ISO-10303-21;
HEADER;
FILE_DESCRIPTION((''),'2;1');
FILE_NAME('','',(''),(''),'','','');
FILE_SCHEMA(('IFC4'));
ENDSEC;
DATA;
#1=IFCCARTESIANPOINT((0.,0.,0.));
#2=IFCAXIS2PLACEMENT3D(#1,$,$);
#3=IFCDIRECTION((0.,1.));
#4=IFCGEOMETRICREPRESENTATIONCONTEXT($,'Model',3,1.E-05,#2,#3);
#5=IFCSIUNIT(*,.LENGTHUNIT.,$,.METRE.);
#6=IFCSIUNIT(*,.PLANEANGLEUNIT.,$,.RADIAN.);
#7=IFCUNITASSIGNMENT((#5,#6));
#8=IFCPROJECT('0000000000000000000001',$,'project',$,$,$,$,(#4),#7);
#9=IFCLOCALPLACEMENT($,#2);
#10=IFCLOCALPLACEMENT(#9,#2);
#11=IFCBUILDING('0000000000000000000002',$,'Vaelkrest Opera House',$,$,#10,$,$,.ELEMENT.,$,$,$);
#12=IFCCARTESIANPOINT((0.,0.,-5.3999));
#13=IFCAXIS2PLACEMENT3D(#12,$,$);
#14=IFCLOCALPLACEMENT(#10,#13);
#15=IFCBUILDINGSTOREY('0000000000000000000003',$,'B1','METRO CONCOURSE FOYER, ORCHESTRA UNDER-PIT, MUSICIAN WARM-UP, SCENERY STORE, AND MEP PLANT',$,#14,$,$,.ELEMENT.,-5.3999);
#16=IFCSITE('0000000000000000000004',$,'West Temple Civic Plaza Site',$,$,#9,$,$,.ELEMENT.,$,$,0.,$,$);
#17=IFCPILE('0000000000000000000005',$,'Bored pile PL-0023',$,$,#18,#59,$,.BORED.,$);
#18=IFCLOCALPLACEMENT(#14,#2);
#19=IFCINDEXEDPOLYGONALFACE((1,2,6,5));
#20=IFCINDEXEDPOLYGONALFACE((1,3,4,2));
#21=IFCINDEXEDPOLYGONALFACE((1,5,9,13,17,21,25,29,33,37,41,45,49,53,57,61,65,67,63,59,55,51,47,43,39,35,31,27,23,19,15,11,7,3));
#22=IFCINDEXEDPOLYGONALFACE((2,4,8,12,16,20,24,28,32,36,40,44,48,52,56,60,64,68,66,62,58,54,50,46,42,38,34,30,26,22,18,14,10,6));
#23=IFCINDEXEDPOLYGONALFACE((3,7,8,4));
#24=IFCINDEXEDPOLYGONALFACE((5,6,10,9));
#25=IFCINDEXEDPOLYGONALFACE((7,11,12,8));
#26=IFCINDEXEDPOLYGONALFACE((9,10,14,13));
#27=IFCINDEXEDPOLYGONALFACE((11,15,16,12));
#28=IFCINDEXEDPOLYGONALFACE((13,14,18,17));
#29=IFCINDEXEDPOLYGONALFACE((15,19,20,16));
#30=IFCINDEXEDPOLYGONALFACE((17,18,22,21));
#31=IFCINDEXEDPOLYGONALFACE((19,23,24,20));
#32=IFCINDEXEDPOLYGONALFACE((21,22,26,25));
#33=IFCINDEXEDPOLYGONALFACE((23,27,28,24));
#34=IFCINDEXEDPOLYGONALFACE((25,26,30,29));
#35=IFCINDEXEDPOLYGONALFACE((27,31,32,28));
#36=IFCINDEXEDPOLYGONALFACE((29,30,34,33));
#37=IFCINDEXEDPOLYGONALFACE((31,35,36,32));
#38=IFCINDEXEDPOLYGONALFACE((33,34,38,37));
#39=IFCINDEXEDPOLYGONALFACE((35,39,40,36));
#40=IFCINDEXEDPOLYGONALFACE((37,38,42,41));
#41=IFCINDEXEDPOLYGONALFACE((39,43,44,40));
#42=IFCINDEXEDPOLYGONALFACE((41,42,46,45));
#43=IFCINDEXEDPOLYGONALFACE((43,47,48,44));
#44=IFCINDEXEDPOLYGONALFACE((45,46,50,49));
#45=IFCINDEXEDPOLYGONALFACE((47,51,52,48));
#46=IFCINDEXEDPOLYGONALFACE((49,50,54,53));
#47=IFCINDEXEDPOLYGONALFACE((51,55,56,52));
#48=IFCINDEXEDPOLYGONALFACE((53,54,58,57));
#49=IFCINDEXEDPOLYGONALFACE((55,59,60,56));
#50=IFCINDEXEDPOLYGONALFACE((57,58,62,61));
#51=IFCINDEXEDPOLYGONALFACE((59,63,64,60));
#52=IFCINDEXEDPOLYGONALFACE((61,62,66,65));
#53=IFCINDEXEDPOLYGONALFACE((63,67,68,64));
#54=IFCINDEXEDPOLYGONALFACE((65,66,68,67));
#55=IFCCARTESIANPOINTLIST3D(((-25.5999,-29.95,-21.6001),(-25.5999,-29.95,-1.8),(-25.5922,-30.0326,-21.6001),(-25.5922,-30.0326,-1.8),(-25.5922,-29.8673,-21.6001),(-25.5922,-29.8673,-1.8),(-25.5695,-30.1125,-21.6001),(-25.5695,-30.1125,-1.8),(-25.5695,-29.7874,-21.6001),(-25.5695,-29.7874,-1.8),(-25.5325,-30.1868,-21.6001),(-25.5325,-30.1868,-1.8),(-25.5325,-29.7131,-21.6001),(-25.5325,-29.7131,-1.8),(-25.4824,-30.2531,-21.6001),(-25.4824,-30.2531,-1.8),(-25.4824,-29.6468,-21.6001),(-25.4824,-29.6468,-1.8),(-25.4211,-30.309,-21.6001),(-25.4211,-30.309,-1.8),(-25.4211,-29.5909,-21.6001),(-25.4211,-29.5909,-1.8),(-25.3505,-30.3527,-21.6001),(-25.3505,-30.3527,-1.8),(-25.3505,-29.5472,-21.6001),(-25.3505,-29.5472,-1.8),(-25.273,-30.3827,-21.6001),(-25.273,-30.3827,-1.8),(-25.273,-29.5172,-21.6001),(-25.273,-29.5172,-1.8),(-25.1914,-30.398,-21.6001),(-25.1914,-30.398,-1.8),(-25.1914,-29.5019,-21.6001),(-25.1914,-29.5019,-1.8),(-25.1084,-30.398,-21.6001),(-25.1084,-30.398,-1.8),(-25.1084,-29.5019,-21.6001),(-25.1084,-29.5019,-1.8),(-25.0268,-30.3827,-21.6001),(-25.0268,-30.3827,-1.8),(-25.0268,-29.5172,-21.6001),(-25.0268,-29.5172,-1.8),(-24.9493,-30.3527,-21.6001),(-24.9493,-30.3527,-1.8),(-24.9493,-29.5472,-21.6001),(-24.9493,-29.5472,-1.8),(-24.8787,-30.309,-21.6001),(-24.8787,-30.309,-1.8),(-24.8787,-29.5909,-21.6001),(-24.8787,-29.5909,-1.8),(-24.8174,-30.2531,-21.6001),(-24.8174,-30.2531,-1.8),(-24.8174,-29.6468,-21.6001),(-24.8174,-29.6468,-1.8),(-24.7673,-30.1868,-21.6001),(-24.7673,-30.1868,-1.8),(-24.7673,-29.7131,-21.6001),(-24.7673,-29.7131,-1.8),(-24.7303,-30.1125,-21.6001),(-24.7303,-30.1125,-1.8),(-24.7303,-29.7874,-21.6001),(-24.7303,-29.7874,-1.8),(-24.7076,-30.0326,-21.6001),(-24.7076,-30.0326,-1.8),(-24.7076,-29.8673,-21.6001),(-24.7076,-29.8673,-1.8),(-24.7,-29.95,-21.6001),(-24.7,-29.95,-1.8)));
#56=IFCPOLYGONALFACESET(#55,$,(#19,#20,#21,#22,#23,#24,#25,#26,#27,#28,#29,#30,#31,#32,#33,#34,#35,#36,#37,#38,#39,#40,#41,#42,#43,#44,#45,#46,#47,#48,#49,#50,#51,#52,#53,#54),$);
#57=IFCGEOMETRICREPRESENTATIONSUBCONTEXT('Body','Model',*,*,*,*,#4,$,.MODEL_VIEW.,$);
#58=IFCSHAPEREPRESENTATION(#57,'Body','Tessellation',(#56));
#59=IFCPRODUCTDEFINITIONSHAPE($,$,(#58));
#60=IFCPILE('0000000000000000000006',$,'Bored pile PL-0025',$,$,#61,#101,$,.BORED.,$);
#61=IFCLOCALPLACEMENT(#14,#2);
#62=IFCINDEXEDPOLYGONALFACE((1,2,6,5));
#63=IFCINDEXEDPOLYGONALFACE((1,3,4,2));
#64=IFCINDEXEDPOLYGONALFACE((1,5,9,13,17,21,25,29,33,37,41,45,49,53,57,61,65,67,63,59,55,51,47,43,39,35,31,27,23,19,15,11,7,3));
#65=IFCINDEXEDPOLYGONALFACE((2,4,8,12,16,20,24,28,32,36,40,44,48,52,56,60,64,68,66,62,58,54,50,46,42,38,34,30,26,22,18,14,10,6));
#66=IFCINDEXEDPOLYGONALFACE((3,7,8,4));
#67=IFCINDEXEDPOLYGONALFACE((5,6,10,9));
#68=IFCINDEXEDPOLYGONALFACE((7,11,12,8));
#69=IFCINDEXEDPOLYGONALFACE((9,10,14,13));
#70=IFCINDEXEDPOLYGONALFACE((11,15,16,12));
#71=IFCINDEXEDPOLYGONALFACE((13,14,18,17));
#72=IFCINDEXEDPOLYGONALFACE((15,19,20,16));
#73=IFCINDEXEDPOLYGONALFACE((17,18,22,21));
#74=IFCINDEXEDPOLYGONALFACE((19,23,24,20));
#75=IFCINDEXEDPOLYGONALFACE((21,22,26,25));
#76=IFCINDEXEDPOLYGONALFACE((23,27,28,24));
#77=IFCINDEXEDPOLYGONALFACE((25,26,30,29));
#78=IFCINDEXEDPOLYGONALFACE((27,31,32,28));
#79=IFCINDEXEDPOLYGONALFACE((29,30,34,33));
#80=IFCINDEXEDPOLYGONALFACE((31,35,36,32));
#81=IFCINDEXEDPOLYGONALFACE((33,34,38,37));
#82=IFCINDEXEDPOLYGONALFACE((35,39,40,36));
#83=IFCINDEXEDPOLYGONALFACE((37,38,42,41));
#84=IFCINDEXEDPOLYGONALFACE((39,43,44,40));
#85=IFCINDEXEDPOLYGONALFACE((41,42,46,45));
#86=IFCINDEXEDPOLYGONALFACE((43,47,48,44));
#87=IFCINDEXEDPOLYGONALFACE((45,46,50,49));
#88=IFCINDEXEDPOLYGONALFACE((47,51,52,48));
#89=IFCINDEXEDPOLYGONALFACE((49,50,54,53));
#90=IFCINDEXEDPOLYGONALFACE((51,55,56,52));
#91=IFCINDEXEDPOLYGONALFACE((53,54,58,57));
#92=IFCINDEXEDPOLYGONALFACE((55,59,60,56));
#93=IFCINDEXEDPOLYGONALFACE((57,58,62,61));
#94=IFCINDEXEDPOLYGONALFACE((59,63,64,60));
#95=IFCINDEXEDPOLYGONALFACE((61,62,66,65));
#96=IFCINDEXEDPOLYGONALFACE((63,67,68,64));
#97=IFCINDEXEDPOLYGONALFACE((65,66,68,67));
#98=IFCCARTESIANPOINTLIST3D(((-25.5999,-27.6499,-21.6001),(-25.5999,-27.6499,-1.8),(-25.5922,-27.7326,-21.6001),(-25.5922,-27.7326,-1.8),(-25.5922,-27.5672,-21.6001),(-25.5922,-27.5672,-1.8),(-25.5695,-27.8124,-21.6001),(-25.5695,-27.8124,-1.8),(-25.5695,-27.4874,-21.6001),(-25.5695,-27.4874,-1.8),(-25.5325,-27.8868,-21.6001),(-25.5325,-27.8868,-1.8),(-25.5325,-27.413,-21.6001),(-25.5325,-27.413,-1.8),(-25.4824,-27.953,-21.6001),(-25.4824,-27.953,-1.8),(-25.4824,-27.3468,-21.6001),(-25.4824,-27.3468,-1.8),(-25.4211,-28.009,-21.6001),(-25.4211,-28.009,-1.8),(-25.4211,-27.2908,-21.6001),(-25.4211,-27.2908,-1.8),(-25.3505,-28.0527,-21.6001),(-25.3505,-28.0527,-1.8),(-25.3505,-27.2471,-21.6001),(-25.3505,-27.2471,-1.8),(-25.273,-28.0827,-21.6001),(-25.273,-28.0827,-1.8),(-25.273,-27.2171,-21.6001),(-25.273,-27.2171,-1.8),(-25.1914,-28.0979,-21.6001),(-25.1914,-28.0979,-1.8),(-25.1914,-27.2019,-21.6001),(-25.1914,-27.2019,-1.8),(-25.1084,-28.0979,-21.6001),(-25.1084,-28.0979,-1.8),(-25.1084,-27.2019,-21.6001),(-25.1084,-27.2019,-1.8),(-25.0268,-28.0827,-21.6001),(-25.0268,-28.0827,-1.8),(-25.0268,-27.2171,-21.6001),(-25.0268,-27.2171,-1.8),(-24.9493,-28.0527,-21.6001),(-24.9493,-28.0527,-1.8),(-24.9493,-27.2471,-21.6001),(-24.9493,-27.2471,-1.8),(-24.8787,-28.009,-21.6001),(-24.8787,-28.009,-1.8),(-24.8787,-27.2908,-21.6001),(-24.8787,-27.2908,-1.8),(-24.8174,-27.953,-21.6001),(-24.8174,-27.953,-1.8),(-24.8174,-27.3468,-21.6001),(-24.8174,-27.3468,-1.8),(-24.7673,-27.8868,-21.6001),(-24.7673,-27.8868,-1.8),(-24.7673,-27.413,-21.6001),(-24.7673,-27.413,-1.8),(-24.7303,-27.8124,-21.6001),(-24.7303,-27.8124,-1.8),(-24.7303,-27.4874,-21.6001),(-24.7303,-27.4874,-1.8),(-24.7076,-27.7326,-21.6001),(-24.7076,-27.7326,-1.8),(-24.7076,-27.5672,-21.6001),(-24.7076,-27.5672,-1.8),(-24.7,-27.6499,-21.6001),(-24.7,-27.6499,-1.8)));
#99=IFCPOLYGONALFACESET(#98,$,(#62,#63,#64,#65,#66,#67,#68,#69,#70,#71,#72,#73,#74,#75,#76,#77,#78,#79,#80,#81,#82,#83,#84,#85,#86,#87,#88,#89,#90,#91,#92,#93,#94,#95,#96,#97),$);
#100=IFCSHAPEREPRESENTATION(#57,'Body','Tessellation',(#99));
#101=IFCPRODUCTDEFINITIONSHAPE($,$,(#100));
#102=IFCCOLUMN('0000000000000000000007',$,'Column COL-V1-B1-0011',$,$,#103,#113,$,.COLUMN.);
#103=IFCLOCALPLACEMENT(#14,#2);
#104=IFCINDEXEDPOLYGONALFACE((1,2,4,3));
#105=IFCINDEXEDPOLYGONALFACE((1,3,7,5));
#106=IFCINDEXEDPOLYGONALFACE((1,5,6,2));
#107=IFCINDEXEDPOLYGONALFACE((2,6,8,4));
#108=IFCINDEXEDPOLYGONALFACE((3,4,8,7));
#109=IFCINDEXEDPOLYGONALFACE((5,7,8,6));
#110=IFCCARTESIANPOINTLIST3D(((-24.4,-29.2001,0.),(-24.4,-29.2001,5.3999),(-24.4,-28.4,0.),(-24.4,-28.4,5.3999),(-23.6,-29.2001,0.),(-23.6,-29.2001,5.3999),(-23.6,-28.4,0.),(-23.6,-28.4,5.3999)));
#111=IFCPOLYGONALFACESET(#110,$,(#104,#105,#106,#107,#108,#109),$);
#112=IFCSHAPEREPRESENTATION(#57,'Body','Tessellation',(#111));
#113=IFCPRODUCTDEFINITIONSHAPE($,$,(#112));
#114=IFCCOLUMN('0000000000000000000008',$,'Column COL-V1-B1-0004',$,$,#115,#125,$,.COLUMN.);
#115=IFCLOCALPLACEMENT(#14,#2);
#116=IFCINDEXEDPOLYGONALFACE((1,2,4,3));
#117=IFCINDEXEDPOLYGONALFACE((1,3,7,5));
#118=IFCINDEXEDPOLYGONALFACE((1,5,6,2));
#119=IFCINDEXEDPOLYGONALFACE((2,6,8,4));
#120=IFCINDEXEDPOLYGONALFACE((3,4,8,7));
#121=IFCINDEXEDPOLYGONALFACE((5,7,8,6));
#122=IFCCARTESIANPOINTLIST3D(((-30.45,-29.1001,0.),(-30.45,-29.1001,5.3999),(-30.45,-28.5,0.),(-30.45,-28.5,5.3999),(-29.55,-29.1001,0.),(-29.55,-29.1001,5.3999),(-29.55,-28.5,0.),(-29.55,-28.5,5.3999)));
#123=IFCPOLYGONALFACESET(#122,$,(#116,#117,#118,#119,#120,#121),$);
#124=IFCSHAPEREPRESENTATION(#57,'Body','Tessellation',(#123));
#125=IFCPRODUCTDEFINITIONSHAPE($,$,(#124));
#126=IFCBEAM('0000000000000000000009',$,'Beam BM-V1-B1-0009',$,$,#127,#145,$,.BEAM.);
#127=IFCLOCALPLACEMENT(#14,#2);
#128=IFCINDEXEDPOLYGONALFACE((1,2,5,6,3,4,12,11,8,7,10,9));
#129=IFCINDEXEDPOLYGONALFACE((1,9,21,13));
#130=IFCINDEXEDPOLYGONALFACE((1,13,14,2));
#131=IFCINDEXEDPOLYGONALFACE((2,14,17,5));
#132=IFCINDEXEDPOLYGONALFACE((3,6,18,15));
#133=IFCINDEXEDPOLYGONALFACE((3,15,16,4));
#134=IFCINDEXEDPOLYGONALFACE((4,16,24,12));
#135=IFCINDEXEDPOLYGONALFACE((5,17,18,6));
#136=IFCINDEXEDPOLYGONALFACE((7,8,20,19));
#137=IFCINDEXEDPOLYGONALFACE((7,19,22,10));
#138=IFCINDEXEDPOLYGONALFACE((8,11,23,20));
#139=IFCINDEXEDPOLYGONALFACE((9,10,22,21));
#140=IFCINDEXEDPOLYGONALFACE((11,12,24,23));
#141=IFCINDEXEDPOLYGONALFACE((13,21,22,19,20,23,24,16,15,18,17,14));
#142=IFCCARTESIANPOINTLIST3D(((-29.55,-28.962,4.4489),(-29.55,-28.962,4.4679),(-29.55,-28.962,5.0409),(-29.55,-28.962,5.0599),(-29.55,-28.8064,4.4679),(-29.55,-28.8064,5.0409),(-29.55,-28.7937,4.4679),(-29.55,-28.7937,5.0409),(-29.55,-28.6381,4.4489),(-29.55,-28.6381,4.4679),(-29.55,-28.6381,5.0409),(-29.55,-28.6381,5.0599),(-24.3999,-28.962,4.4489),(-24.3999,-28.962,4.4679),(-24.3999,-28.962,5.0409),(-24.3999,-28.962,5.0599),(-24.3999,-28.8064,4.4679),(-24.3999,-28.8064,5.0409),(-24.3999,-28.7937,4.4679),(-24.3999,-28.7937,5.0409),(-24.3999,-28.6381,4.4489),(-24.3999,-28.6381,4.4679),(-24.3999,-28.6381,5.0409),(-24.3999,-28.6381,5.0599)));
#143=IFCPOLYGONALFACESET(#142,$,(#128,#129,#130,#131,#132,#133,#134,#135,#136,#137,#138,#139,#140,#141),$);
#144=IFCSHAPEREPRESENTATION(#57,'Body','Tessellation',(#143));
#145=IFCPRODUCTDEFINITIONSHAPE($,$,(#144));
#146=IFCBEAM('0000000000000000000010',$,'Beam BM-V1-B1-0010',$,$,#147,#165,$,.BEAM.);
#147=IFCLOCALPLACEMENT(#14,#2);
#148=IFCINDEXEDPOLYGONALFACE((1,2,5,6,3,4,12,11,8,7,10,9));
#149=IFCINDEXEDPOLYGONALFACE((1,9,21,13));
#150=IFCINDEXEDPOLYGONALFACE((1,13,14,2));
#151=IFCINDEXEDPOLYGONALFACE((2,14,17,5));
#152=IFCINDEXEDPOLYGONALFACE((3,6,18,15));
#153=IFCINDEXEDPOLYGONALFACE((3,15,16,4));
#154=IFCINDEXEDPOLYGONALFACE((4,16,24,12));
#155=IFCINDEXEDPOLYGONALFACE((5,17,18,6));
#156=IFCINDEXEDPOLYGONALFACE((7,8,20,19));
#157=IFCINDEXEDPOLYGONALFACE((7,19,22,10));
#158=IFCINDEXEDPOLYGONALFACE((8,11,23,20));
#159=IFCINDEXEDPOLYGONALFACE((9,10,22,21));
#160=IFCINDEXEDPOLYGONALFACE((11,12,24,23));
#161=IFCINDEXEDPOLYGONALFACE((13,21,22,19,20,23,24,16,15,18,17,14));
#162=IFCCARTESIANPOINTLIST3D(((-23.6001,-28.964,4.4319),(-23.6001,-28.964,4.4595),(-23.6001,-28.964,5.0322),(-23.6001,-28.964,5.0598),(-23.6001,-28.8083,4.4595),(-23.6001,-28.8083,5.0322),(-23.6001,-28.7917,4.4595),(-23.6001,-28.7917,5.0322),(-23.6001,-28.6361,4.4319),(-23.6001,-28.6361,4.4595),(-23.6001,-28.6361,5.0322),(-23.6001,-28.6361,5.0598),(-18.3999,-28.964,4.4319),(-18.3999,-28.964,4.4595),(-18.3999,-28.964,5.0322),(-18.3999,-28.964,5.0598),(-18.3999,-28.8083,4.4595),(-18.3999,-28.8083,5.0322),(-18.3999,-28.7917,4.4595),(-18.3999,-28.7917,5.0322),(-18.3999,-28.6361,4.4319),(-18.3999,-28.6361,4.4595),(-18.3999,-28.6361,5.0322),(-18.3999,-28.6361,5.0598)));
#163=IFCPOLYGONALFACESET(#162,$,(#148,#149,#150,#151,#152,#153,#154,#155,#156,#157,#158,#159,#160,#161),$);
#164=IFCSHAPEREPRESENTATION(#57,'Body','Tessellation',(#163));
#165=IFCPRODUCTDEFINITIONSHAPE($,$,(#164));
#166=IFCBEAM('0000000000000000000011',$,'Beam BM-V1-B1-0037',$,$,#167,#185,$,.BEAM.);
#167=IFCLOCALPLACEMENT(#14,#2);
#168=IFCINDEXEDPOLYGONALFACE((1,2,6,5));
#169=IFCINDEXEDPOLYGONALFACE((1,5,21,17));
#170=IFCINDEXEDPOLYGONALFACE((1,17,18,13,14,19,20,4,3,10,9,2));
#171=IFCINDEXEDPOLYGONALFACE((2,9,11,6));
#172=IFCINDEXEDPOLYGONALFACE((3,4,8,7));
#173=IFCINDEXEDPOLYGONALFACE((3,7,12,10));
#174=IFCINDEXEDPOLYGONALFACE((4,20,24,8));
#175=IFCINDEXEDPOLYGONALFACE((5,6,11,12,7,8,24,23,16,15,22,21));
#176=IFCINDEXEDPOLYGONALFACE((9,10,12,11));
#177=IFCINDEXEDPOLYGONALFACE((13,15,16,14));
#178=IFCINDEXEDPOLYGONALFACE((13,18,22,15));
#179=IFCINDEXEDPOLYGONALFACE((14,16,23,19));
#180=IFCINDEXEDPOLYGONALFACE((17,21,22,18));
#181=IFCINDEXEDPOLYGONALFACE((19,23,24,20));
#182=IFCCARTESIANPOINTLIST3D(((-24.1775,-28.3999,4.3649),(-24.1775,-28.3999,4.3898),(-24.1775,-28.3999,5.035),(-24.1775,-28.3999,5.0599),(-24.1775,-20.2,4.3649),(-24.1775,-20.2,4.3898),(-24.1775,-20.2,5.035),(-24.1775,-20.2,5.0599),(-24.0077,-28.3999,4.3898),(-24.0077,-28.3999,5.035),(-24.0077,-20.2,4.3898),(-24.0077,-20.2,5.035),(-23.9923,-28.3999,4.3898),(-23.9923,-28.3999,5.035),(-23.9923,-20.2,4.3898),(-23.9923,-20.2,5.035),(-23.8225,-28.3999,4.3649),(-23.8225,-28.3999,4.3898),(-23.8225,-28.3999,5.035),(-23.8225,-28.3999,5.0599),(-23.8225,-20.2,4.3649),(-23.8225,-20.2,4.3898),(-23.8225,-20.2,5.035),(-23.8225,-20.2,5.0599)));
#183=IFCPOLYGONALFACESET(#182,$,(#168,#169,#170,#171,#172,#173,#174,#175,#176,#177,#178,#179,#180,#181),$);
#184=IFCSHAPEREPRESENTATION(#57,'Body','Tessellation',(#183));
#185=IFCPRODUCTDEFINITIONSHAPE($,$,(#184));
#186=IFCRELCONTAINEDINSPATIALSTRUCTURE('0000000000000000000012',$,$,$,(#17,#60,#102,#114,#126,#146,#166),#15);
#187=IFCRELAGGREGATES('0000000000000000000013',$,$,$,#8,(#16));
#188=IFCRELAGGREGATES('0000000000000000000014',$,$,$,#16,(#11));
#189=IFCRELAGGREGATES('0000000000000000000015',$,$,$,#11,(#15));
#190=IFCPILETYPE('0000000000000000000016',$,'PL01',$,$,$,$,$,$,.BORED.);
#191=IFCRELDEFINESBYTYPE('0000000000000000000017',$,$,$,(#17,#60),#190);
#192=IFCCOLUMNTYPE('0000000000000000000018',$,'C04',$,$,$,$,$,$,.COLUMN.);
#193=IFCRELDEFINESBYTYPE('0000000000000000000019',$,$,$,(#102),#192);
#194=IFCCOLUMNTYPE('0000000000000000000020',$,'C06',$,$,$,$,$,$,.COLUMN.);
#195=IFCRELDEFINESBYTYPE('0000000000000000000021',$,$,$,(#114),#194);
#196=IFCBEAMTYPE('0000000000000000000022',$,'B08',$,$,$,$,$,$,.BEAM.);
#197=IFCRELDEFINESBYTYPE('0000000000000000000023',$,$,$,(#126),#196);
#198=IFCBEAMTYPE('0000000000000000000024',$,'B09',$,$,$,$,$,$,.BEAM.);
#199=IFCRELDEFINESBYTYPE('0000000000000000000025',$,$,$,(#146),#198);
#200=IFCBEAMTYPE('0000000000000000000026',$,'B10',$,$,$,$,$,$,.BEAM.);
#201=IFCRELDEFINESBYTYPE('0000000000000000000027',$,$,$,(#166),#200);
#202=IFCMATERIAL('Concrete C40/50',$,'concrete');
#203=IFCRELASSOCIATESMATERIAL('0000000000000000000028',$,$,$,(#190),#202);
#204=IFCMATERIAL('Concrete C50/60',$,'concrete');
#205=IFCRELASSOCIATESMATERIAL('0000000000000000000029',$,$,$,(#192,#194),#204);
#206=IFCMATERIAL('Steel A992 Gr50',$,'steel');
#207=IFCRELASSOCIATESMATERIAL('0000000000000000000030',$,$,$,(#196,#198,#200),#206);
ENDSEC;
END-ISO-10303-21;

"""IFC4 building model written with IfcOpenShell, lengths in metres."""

from ifc_helpers import new_model, si_unit, direction, frame, origin, origin_2d, place, context, subcontext, project, spatial, rectangle, circle, i_section, extrude, material, material_profile, profile_set, type_object, element, save


model = new_model("IFC4")

# Units and contexts
model_context = context("Model", 3, precision=1e-05, world=origin(), true_north=direction((0.0, 1.0)))
body_context = subcontext(model_context, "Body", "Model", "MODEL_VIEW")
ifc_project = project(units=[si_unit("LENGTHUNIT", "METRE"), si_unit("PLANEANGLEUNIT", "RADIAN")], contexts=[model_context])

# Site, building, storey
site_placement = place(None, origin())
site = spatial("IfcSite", under=ifc_project, at=site_placement, Name="West Temple Civic Plaza Site", CompositionType="ELEMENT", RefElevation=0.0)
building_placement = place(site_placement, origin())
building = spatial("IfcBuilding", under=site, at=building_placement, Name="Vaelkrest Opera House", CompositionType="ELEMENT")
storey_placement = place(building_placement, frame((0.0, 0.0, -5.3999)))
storey = spatial("IfcBuildingStorey", under=building, at=storey_placement, Name="B1", Description="METRO CONCOURSE FOYER, ORCHESTRA UNDER-PIT, MUSICIAN WARM-UP, SCENERY STORE, AND MEP PLANT", CompositionType="ELEMENT", Elevation=-5.3999)

# Shared definitions
ifc_material_1 = material(Name="Concrete C40/50", Category="concrete")

# Piles
ifc_material_profile_1 = material_profile(ifc_material_1, circle(Radius=0.45, at=origin_2d()), Name="PILE900")
ifc_profile_set_1 = profile_set([ifc_material_profile_1], Name="Concrete C40/50")
pile_type = type_object("IfcPileType", Name="PL01", PredefinedType="BORED", material=ifc_profile_set_1)
for number, where, z_axis, x_axis, name in (
    (1, (-25.1499, -29.95, -1.8), (0.0, 0.0, -1.0), (1.0, 0.0, 0.0), "Bored pile PL-0023"),
    (2, (-25.1499, -27.6499, -1.8), (0.0, 0.0, -1.0), (1.0, 0.0, 0.0), "Bored pile PL-0025"),
):
    element("IfcPile", number, at=place(storey_placement, frame(where, z_axis=z_axis, x_axis=x_axis)), inside=storey, type_object=pile_type, Name=name, PredefinedType="BORED", context=body_context, shape_type="SweptSolid", body=[
        extrude(circle(Radius=0.45, at=origin_2d()), origin(), (0.0, 0.0, 1.0), 19.8),
    ])

# Columns
ifc_material_2 = material(Name="Concrete C50/60", Category="concrete")
ifc_material_profile_2 = material_profile(ifc_material_2, rectangle(XDim=0.8, YDim=0.8, at=origin_2d()), Name="RC800X800")
ifc_profile_set_2 = profile_set([ifc_material_profile_2], Name="Concrete C50/60")
column_type_1 = type_object("IfcColumnType", Name="C04", PredefinedType="COLUMN", material=ifc_profile_set_2)
column_1_placement = place(storey_placement, frame((-24.0, -28.8, 0.0), z_axis=(0.0, 0.0, 1.0), x_axis=(1.0, 0.0, 0.0)))
element("IfcColumn", 3, at=column_1_placement, inside=storey, type_object=column_type_1, Name="Column COL-V1-B1-0011", PredefinedType="COLUMN", context=body_context, shape_type="SweptSolid", body=[
    extrude(rectangle(XDim=0.8, YDim=0.8, at=origin_2d()), origin(), (0.0, 0.0, 1.0), 5.3999),
])
ifc_material_profile_3 = material_profile(ifc_material_2, rectangle(XDim=0.6001, YDim=0.8999, at=origin_2d()), Name="RC600X900")
ifc_profile_set_3 = profile_set([ifc_material_profile_3], Name="Concrete C50/60")
column_type_2 = type_object("IfcColumnType", Name="C06", PredefinedType="COLUMN", material=ifc_profile_set_3)
column_2_placement = place(storey_placement, frame((-30.0, -28.8, 0.0), z_axis=(0.0, 0.0, 1.0), x_axis=(0.0, 1.0, 0.0)))
element("IfcColumn", 4, at=column_2_placement, inside=storey, type_object=column_type_2, Name="Column COL-V1-B1-0004", PredefinedType="COLUMN", context=body_context, shape_type="SweptSolid", body=[
    extrude(rectangle(XDim=0.6001, YDim=0.8999, at=origin_2d()), origin(), (0.0, 0.0, 1.0), 5.3999),
])

# Beams
ifc_material_3 = material(Name="Steel A992 Gr50", Category="steel")
ifc_material_profile_4 = material_profile(ifc_material_3, i_section(OverallWidth=0.324, OverallDepth=0.6111, WebThickness=0.0127, FlangeThickness=0.019, at=origin_2d()), Name="W24X104")
ifc_profile_set_4 = profile_set([ifc_material_profile_4], Name="Steel A992 Gr50")
beam_type_1 = type_object("IfcBeamType", Name="B08", PredefinedType="BEAM", material=ifc_profile_set_4)
beam_1_placement = place(storey_placement, frame((-29.55, -28.8, 4.7544), z_axis=(1.0, 0.0, 0.0), x_axis=(0.0, 1.0, 0.0)))
element("IfcBeam", 5, at=beam_1_placement, inside=storey, type_object=beam_type_1, Name="Beam BM-V1-B1-0009", PredefinedType="BEAM", context=body_context, shape_type="SweptSolid", body=[
    extrude(i_section(OverallWidth=0.324, OverallDepth=0.6111, WebThickness=0.0127, FlangeThickness=0.019, at=origin_2d()), origin(), (0.0, 0.0, 1.0), 5.1501),
])
ifc_material_profile_5 = material_profile(ifc_material_3, i_section(OverallWidth=0.3279, OverallDepth=0.6279, WebThickness=0.0166, FlangeThickness=0.0276, at=origin_2d()), Name="W24X146")
ifc_profile_set_5 = profile_set([ifc_material_profile_5], Name="Steel A992 Gr50")
beam_type_2 = type_object("IfcBeamType", Name="B09", PredefinedType="BEAM", material=ifc_profile_set_5)
beam_2_placement = place(storey_placement, frame((-23.6001, -28.8, 4.7458), z_axis=(1.0, 0.0, 0.0), x_axis=(0.0, 1.0, 0.0)))
element("IfcBeam", 6, at=beam_2_placement, inside=storey, type_object=beam_type_2, Name="Beam BM-V1-B1-0010", PredefinedType="BEAM", context=body_context, shape_type="SweptSolid", body=[
    extrude(i_section(OverallWidth=0.3279, OverallDepth=0.6279, WebThickness=0.0166, FlangeThickness=0.0276, at=origin_2d()), origin(), (0.0, 0.0, 1.0), 5.2002),
])
ifc_material_profile_6 = material_profile(ifc_material_3, i_section(OverallWidth=0.355, OverallDepth=0.6951, WebThickness=0.0154, FlangeThickness=0.0249, at=origin_2d()), Name="W27X146")
ifc_profile_set_6 = profile_set([ifc_material_profile_6], Name="Steel A992 Gr50")
beam_type_3 = type_object("IfcBeamType", Name="B10", PredefinedType="BEAM", material=ifc_profile_set_6)
beam_3_placement = place(storey_placement, frame((-24.0, -28.3999, 4.7124), z_axis=(0.0, 1.0, 0.0), x_axis=(-1.0, 0.0, 0.0)))
element("IfcBeam", 7, at=beam_3_placement, inside=storey, type_object=beam_type_3, Name="Beam BM-V1-B1-0037", PredefinedType="BEAM", context=body_context, shape_type="SweptSolid", body=[
    extrude(i_section(OverallWidth=0.355, OverallDepth=0.6951, WebThickness=0.0154, FlangeThickness=0.0249, at=origin_2d()), origin(), (0.0, 0.0, 1.0), 8.2),
])

save(model, "model.ifc")
